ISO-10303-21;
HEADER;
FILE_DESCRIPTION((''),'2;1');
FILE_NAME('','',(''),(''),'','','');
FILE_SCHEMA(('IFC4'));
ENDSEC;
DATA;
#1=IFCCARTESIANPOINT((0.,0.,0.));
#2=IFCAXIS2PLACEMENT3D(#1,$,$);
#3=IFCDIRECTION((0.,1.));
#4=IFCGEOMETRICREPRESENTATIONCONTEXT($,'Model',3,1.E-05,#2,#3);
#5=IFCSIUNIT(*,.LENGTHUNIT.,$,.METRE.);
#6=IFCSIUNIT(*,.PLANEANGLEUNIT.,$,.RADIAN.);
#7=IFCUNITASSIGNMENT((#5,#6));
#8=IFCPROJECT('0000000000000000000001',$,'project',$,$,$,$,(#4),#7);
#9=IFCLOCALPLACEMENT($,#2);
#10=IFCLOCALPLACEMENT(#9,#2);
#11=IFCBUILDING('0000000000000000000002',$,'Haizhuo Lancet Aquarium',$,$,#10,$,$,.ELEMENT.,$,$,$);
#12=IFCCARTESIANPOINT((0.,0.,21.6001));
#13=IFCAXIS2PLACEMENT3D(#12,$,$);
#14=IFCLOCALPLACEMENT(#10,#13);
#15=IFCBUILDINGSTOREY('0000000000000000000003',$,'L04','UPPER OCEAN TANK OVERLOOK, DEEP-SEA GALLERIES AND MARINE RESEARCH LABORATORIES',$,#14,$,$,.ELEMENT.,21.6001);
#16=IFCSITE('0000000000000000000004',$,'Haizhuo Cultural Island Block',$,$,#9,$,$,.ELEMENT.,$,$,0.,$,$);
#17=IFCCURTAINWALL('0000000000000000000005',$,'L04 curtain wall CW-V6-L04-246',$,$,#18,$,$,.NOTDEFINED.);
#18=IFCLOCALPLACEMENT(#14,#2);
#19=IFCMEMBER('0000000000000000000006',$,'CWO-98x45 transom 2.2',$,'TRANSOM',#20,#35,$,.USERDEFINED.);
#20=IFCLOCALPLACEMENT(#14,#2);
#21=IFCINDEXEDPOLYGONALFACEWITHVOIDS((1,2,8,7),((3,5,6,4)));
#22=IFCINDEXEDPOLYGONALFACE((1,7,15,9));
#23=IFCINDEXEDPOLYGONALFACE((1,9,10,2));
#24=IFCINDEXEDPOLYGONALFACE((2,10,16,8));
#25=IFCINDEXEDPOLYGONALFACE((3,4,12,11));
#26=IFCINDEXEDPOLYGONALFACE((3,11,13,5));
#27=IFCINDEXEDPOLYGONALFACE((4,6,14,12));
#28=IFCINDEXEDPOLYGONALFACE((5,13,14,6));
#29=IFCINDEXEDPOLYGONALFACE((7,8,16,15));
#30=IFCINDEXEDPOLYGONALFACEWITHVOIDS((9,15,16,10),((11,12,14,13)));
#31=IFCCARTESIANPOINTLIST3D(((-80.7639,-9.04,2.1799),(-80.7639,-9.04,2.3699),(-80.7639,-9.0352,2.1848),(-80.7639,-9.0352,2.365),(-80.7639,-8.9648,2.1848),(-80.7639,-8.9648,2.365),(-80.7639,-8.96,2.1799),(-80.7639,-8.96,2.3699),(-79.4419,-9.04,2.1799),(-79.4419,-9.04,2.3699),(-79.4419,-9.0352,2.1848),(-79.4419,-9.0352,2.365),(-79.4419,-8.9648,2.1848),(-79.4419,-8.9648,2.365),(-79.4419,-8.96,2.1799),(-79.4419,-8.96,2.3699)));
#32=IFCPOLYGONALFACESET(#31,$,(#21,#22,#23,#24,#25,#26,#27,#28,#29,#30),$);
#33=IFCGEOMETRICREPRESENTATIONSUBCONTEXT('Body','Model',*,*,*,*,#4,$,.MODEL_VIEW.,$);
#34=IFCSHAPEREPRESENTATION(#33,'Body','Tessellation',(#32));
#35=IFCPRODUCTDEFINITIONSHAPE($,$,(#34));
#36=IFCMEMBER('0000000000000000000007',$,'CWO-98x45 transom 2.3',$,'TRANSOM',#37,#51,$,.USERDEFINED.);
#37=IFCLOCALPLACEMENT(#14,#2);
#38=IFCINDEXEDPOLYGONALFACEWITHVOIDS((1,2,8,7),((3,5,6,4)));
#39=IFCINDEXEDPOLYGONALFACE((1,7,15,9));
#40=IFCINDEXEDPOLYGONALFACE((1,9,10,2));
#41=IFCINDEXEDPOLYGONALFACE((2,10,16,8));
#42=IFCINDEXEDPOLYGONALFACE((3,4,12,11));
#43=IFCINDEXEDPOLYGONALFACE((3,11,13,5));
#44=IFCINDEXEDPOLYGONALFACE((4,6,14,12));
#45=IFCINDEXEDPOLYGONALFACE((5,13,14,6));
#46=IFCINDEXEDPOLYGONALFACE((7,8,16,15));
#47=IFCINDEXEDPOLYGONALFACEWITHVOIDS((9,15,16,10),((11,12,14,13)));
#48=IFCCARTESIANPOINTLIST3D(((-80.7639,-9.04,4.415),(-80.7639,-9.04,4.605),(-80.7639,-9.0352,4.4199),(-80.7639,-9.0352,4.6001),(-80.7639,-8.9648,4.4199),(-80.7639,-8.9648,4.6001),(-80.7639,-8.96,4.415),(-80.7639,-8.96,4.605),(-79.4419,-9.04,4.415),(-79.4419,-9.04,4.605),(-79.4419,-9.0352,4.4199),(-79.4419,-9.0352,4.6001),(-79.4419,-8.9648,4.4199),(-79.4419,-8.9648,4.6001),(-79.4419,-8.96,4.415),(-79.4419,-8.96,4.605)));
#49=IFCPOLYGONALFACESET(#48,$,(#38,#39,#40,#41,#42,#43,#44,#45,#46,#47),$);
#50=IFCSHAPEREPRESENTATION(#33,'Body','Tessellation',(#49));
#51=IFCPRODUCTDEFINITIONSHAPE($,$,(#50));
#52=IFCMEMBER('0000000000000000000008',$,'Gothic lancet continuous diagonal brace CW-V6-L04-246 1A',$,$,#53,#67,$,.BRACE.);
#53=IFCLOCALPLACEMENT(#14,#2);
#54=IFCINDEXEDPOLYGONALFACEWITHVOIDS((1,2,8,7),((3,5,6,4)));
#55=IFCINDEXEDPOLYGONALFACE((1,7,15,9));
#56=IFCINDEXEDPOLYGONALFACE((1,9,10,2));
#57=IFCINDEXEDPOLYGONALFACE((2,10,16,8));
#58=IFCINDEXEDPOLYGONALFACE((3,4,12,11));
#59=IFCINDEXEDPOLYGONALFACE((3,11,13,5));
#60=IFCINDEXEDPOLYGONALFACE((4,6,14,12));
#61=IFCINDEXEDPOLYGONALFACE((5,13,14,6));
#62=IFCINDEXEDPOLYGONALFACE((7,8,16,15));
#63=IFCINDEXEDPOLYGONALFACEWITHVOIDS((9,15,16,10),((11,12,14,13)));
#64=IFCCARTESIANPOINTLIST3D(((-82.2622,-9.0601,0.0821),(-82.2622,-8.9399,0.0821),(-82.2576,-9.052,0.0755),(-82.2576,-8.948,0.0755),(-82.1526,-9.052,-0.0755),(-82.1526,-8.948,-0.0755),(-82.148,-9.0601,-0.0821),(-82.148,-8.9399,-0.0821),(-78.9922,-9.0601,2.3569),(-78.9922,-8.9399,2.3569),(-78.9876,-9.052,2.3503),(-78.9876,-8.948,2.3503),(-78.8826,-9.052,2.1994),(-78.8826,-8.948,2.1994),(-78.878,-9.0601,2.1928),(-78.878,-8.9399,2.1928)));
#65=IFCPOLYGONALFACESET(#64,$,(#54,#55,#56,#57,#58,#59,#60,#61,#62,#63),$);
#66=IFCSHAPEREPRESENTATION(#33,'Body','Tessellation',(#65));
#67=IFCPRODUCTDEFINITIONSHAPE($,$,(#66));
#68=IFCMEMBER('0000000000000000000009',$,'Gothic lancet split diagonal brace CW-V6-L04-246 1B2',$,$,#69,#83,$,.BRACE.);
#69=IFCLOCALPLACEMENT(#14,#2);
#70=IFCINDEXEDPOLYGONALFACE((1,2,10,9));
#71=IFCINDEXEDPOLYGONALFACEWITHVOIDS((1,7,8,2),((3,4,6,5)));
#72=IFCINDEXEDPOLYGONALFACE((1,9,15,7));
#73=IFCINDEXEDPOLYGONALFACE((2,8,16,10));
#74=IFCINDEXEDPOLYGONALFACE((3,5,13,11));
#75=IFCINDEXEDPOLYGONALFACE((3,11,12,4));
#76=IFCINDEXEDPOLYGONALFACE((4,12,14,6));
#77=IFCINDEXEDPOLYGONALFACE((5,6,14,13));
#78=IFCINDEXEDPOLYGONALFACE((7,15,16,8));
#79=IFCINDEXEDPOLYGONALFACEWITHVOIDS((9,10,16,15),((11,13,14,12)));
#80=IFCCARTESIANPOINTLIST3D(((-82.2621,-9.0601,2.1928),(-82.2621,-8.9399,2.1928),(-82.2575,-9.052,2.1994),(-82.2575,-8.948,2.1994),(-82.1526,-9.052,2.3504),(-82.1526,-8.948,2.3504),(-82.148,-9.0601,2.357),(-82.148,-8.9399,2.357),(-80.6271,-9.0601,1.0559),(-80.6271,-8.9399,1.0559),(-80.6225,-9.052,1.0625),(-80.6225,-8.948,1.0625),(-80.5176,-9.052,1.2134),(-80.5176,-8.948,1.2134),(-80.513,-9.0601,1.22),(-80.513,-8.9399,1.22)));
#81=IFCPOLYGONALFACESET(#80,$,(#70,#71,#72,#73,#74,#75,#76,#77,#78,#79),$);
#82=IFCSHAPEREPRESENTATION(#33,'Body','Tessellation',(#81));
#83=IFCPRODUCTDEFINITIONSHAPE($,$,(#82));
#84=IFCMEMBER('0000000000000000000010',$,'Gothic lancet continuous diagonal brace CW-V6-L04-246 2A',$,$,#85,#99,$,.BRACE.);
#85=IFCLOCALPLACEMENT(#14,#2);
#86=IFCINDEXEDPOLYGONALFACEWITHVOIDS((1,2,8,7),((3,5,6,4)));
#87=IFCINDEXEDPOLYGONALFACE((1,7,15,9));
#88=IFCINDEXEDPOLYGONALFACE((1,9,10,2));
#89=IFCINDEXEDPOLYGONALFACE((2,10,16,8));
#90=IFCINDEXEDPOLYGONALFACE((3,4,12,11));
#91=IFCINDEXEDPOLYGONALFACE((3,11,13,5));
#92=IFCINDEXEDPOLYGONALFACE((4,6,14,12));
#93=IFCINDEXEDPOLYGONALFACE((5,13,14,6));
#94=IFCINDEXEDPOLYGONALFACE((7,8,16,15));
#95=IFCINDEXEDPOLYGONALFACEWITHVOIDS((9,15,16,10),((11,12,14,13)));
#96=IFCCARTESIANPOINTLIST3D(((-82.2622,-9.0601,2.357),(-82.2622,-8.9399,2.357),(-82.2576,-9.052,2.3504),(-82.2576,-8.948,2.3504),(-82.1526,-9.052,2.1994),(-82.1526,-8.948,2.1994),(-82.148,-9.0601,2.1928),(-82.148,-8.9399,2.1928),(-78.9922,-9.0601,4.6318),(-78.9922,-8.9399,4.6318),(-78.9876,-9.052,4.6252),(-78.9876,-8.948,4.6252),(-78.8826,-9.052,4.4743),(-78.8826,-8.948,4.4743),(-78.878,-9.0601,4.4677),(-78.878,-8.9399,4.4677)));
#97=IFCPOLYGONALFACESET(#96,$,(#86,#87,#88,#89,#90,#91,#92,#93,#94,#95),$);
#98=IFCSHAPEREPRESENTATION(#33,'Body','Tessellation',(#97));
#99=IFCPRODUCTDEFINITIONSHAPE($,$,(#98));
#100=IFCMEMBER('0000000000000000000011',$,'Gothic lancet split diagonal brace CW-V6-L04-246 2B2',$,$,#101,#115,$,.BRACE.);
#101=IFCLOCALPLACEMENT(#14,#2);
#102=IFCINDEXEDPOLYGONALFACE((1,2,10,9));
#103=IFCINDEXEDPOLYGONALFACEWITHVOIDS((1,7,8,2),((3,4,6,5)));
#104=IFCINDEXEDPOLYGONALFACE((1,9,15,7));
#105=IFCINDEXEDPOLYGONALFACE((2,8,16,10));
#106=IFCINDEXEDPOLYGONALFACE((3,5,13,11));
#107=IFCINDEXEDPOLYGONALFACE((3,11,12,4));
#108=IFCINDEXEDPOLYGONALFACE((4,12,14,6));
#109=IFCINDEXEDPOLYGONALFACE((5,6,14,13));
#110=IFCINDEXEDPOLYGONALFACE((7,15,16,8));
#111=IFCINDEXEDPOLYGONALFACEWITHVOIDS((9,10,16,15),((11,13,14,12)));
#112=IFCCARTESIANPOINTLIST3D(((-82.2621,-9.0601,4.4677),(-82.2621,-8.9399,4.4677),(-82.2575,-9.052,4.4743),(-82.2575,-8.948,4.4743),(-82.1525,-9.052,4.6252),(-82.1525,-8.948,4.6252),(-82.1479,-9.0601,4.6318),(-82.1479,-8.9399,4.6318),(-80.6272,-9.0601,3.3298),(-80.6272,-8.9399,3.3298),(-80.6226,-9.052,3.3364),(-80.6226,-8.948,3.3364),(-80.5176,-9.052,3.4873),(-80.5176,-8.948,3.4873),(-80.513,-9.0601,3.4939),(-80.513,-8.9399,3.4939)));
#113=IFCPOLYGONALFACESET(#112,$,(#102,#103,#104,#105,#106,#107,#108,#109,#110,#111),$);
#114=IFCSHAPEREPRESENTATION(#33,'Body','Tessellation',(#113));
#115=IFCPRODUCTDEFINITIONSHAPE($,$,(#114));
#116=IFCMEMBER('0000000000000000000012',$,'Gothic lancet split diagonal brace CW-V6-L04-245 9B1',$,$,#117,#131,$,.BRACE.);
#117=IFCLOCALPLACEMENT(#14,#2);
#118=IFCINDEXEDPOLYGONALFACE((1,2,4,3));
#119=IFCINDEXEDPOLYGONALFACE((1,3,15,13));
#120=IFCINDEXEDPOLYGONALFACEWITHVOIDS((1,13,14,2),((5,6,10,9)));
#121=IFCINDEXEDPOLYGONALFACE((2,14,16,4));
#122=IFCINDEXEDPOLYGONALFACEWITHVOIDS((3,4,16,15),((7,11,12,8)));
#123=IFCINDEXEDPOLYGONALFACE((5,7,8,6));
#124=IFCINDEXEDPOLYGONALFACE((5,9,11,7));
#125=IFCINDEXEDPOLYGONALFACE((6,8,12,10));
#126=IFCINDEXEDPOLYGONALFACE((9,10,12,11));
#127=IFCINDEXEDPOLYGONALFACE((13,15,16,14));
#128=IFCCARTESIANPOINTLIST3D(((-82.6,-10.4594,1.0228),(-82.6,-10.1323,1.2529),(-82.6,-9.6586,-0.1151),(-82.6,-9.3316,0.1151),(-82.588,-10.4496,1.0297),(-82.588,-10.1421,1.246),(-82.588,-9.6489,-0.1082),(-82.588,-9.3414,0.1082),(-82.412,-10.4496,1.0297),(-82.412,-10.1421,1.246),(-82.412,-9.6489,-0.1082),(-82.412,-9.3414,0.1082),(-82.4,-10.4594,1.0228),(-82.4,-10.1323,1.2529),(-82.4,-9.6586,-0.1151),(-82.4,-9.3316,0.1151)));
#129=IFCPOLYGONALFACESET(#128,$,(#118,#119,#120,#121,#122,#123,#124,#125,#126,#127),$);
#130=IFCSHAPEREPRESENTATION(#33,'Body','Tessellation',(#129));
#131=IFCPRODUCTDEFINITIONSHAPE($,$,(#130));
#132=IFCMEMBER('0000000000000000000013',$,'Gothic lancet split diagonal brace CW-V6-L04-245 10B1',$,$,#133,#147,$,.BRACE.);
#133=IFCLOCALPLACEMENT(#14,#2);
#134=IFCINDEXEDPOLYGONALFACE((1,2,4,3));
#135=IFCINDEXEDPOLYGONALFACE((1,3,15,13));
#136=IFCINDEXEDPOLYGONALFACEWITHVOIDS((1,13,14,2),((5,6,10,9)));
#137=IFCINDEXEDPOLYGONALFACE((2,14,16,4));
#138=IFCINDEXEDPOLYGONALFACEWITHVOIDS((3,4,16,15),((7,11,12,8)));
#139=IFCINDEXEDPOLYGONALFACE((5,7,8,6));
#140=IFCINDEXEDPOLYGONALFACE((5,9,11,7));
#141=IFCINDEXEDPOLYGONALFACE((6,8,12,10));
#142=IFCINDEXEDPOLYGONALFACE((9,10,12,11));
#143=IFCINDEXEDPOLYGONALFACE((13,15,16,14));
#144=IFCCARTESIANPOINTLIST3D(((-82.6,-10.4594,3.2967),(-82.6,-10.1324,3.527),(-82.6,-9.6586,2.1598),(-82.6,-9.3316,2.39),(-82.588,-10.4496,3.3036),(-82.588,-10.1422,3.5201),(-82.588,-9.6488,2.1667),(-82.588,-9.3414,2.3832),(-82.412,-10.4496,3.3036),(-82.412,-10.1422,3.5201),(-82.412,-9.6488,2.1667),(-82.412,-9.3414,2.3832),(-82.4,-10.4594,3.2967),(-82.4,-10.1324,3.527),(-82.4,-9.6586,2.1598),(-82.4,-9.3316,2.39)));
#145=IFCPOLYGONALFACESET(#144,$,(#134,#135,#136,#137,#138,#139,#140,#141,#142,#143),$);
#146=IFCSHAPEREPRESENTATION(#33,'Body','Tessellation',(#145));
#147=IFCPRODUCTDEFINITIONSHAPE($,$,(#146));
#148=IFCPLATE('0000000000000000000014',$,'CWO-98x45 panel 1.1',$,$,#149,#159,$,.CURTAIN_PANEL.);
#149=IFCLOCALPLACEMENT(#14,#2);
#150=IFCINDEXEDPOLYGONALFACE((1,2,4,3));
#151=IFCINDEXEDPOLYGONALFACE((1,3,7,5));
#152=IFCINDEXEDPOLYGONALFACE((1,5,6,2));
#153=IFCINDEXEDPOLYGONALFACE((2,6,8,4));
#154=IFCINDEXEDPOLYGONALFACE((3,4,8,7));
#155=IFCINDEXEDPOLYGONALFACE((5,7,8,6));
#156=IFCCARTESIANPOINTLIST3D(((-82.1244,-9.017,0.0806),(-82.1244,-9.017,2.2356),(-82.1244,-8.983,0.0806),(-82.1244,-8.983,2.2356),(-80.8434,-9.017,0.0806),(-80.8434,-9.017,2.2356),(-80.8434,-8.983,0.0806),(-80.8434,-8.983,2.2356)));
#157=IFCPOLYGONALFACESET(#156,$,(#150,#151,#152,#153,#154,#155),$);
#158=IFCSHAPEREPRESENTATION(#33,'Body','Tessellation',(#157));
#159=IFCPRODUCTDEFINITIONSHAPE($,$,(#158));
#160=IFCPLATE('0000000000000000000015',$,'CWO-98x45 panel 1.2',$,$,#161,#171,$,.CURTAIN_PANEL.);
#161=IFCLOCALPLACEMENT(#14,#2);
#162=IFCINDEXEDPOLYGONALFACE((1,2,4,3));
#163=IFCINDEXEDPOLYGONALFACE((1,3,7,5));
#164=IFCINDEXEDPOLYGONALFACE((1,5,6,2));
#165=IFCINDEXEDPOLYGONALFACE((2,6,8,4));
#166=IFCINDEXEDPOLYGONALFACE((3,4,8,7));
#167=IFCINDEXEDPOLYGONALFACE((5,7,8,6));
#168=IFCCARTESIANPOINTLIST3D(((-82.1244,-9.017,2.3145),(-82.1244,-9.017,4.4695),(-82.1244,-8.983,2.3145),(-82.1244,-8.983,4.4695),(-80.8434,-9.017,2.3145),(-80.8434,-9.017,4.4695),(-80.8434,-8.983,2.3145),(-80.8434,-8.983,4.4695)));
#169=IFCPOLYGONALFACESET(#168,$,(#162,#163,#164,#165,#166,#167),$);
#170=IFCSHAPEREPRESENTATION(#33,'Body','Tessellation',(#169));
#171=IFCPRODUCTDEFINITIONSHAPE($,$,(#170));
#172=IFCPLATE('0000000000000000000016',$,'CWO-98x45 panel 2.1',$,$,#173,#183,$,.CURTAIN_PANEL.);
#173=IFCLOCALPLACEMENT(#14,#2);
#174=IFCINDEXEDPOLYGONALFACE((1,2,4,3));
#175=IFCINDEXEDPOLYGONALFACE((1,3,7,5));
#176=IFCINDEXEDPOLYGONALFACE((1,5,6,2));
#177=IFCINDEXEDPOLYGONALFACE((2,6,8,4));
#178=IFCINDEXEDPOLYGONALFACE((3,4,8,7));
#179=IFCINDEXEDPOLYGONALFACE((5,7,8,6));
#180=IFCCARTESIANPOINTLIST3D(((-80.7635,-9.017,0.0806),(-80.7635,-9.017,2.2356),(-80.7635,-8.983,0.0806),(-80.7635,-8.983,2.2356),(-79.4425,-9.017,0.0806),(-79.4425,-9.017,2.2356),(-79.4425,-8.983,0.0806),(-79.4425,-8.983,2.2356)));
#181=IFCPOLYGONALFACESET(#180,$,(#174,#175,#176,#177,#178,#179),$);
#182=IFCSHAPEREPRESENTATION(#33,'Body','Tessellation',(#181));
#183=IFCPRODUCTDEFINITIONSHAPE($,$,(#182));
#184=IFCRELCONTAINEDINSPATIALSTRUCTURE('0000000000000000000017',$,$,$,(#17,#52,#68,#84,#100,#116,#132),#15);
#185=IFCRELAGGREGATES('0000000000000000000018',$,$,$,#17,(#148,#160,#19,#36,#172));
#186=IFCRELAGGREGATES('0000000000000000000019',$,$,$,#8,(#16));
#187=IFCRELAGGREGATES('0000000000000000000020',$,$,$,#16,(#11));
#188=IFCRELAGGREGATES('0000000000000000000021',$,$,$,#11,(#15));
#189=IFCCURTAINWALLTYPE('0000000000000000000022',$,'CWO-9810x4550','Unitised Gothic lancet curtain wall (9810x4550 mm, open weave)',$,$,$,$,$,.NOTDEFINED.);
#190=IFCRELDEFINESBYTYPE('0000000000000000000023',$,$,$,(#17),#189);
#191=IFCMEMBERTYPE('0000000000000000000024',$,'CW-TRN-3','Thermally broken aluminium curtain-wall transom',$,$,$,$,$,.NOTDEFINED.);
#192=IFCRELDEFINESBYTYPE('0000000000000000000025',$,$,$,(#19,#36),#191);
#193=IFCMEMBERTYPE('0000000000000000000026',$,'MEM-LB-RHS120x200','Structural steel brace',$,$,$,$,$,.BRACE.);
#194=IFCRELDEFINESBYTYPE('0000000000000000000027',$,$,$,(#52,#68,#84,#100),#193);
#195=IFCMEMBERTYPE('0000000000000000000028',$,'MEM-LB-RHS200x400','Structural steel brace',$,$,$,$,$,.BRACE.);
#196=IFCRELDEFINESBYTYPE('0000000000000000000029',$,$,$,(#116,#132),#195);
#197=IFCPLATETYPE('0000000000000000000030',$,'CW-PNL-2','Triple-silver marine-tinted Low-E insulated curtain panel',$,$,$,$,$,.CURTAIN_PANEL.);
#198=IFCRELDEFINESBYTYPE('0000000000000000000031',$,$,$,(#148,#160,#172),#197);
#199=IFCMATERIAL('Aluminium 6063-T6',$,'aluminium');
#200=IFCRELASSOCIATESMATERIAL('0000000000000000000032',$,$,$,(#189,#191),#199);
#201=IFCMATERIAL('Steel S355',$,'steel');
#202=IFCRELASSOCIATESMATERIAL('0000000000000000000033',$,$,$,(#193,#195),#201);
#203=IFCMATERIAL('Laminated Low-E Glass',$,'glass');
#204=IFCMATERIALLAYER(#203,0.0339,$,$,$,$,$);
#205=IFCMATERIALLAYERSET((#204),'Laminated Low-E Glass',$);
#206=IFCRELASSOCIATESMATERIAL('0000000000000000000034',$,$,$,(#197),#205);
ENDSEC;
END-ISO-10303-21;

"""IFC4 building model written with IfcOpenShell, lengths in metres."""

from ifc_helpers import new_model, si_unit, direction, frame, origin, origin_2d, place, context, subcontext, project, spatial, rectangle, hollow_rectangle, extrude, material, layer, layer_set, material_profile, profile_set, type_object, element, aggregate, save


model = new_model("IFC4")

# Units and contexts
model_context = context("Model", 3, precision=1e-05, world=origin(), true_north=direction((0.0, 1.0)))
body_context = subcontext(model_context, "Body", "Model", "MODEL_VIEW")
ifc_project = project(units=[si_unit("LENGTHUNIT", "METRE"), si_unit("PLANEANGLEUNIT", "RADIAN")], contexts=[model_context])

# Site, building, storey
site_placement = place(None, origin())
site = spatial("IfcSite", under=ifc_project, at=site_placement, Name="Haizhuo Cultural Island Block", CompositionType="ELEMENT", RefElevation=0.0)
building_placement = place(site_placement, origin())
building = spatial("IfcBuilding", under=site, at=building_placement, Name="Haizhuo Lancet Aquarium", CompositionType="ELEMENT")
storey_placement = place(building_placement, frame((0.0, 0.0, 21.6001)))
storey = spatial("IfcBuildingStorey", under=building, at=storey_placement, Name="L04", Description="UPPER OCEAN TANK OVERLOOK, DEEP-SEA GALLERIES AND MARINE RESEARCH LABORATORIES", CompositionType="ELEMENT", Elevation=21.6001)

# Shared definitions
ifc_material_1 = material(Name="Steel S355", Category="steel")

# Shared definitions
ifc_material_2 = material(Name="Aluminium 6063-T6", Category="aluminium")

# Curtain wall, members
curtain_wall_type_1 = type_object("IfcCurtainWallType", Name="CWO-9810x4550", Description="Unitised Gothic lancet curtain wall (9810x4550 mm, open weave)", PredefinedType="NOTDEFINED", material=ifc_material_2)
curtain_wall_1_placement = place(storey_placement, origin())
curtain_wall_1 = element("IfcCurtainWall", 1, at=curtain_wall_1_placement, inside=storey, type_object=curtain_wall_type_1, Name="L04 curtain wall CW-V6-L04-246", PredefinedType="NOTDEFINED")
ifc_material_profile_1 = material_profile(ifc_material_2, hollow_rectangle(XDim=0.0801, YDim=0.1899, WallThickness=0.0049, at=origin_2d()), Name="ALU-T 80x190x5")
ifc_profile_set_1 = profile_set([ifc_material_profile_1], Name="Aluminium 6063-T6")
member_type_1 = type_object("IfcMemberType", Name="CW-TRN-3", Description="Thermally broken aluminium curtain-wall transom", PredefinedType="NOTDEFINED", material=ifc_profile_set_1)
member_1_placement = place(storey_placement, frame((-80.7639, -9.0, 2.2749), z_axis=(1.0, 0.0, 0.0), x_axis=(0.0, 1.0, 0.0)))
member_1 = element("IfcMember", 2, at=member_1_placement, type_object=member_type_1, Name="CWO-98x45 transom 2.2", ObjectType="TRANSOM", PredefinedType="USERDEFINED", context=body_context, shape_type="SweptSolid", body=[
    extrude(hollow_rectangle(XDim=0.0801, YDim=0.1899, WallThickness=0.0049, at=origin_2d()), origin(), (0.0, 0.0, 1.0), 1.322),
])
member_2_placement = place(storey_placement, frame((-80.7639, -9.0, 4.51), z_axis=(1.0, 0.0, 0.0), x_axis=(0.0, 1.0, 0.0)))
member_2 = element("IfcMember", 3, at=member_2_placement, type_object=member_type_1, Name="CWO-98x45 transom 2.3", ObjectType="TRANSOM", PredefinedType="USERDEFINED", context=body_context, shape_type="SweptSolid", body=[
    extrude(hollow_rectangle(XDim=0.0801, YDim=0.1899, WallThickness=0.0049, at=origin_2d()), origin(), (0.0, 0.0, 1.0), 1.322),
])

# Members
ifc_material_profile_2 = material_profile(ifc_material_1, hollow_rectangle(XDim=0.1201, YDim=0.2, WallThickness=0.0081, at=origin_2d()), Name="RHS 120x200x8")
ifc_profile_set_2 = profile_set([ifc_material_profile_2], Name="Steel S355")
member_type_2 = type_object("IfcMemberType", Name="MEM-LB-RHS120x200", Description="Structural steel brace", PredefinedType="BRACE", material=ifc_profile_set_2)
member_3_placement = place(storey_placement, frame((-82.2051, -9.0, 0.0), z_axis=(0.820893, 0.0, 0.571082), x_axis=(0.0, 1.0, 0.0)))
element("IfcMember", 4, at=member_3_placement, inside=storey, type_object=member_type_2, Name="Gothic lancet continuous diagonal brace CW-V6-L04-246 1A", PredefinedType="BRACE", context=body_context, shape_type="SweptSolid", body=[
    extrude(hollow_rectangle(XDim=0.1201, YDim=0.2, WallThickness=0.0081, at=origin_2d()), origin(), (0.0, 0.0, 1.0), 3.9834),
])
member_4_placement = place(storey_placement, frame((-80.5701, -9.0, 1.1379), z_axis=(-0.821008, 0.0, 0.570917), x_axis=(0.0, -1.0, 0.0)))
element("IfcMember", 5, at=member_4_placement, inside=storey, type_object=member_type_2, Name="Gothic lancet split diagonal brace CW-V6-L04-246 1B2", PredefinedType="BRACE", context=body_context, shape_type="SweptSolid", body=[
    extrude(hollow_rectangle(XDim=0.1201, YDim=0.2, WallThickness=0.0081, at=origin_2d()), origin(), (0.0, 0.0, 1.0), 1.9915),
])
member_5_placement = place(storey_placement, frame((-82.2051, -9.0, 2.2749), z_axis=(0.820893, 0.0, 0.571082), x_axis=(0.0, 1.0, 0.0)))
element("IfcMember", 6, at=member_5_placement, inside=storey, type_object=member_type_2, Name="Gothic lancet continuous diagonal brace CW-V6-L04-246 2A", PredefinedType="BRACE", context=body_context, shape_type="SweptSolid", body=[
    extrude(hollow_rectangle(XDim=0.1201, YDim=0.2, WallThickness=0.0081, at=origin_2d()), origin(), (0.0, 0.0, 1.0), 3.9834),
])
member_6_placement = place(storey_placement, frame((-80.5701, -9.0, 3.4119), z_axis=(-0.820778, 0.0, 0.571248), x_axis=(0.0, -1.0, 0.0)))
element("IfcMember", 7, at=member_6_placement, inside=storey, type_object=member_type_2, Name="Gothic lancet split diagonal brace CW-V6-L04-246 2B2", PredefinedType="BRACE", context=body_context, shape_type="SweptSolid", body=[
    extrude(hollow_rectangle(XDim=0.1201, YDim=0.2, WallThickness=0.0081, at=origin_2d()), origin(), (0.0, 0.0, 1.0), 1.9919),
])
ifc_material_profile_3 = material_profile(ifc_material_1, hollow_rectangle(XDim=0.2, YDim=0.3999, WallThickness=0.012, at=origin_2d()), Name="RHS 200x400x12")
ifc_profile_set_3 = profile_set([ifc_material_profile_3], Name="Steel S355")
member_type_3 = type_object("IfcMemberType", Name="MEM-LB-RHS200x400", Description="Structural steel brace", PredefinedType="BRACE", material=ifc_profile_set_3)
member_7_placement = place(storey_placement, frame((-82.5, -9.4951, 0.0), z_axis=(0.0, -0.575498, 0.817803), x_axis=(1.0, 0.0, 0.0)))
element("IfcMember", 8, at=member_7_placement, inside=storey, type_object=member_type_3, Name="Gothic lancet split diagonal brace CW-V6-L04-245 9B1", PredefinedType="BRACE", context=body_context, shape_type="SweptSolid", body=[
    extrude(hollow_rectangle(XDim=0.2, YDim=0.3999, WallThickness=0.012, at=origin_2d()), origin(), (0.0, 0.0, 1.0), 1.3914),
])
member_8_placement = place(storey_placement, frame((-82.5, -9.4951, 2.2749), z_axis=(0.0, -0.575828, 0.817571), x_axis=(1.0, 0.0, 0.0)))
element("IfcMember", 9, at=member_8_placement, inside=storey, type_object=member_type_3, Name="Gothic lancet split diagonal brace CW-V6-L04-245 10B1", PredefinedType="BRACE", context=body_context, shape_type="SweptSolid", body=[
    extrude(hollow_rectangle(XDim=0.2, YDim=0.3999, WallThickness=0.012, at=origin_2d()), origin(), (0.0, 0.0, 1.0), 1.3906),
])

# Plates
ifc_material_3 = material(Name="Laminated Low-E Glass", Category="glass")
ifc_layer_1 = layer(ifc_material_3, 0.0339)
ifc_layer_set_1 = layer_set([ifc_layer_1], Name="Laminated Low-E Glass")
plate_type = type_object("IfcPlateType", Name="CW-PNL-2", Description="Triple-silver marine-tinted Low-E insulated curtain panel", PredefinedType="CURTAIN_PANEL", material=ifc_layer_set_1)
plate_1_placement = place(storey_placement, frame((-81.4839, -9.0, 0.0806), z_axis=(0.0, 0.0, 1.0), x_axis=(1.0, 0.0, 0.0)))
plate_1 = element("IfcPlate", 10, at=plate_1_placement, type_object=plate_type, Name="CWO-98x45 panel 1.1", PredefinedType="CURTAIN_PANEL", context=body_context, shape_type="SweptSolid", body=[
    extrude(rectangle(XDim=1.281, YDim=0.0339, at=origin_2d()), origin(), (0.0, 0.0, 1.0), 2.155),
])
plate_2_placement = place(storey_placement, frame((-81.4839, -9.0, 2.3145), z_axis=(0.0, 0.0, 1.0), x_axis=(1.0, 0.0, 0.0)))
plate_2 = element("IfcPlate", 11, at=plate_2_placement, type_object=plate_type, Name="CWO-98x45 panel 1.2", PredefinedType="CURTAIN_PANEL", context=body_context, shape_type="SweptSolid", body=[
    extrude(rectangle(XDim=1.281, YDim=0.0339, at=origin_2d()), origin(), (0.0, 0.0, 1.0), 2.155),
])
plate_3_placement = place(storey_placement, frame((-80.103, -9.0, 0.0806), z_axis=(0.0, 0.0, 1.0), x_axis=(1.0, 0.0, 0.0)))
plate_3 = element("IfcPlate", 12, at=plate_3_placement, type_object=plate_type, Name="CWO-98x45 panel 2.1", PredefinedType="CURTAIN_PANEL", context=body_context, shape_type="SweptSolid", body=[
    extrude(rectangle(XDim=1.321, YDim=0.0339, at=origin_2d()), origin(), (0.0, 0.0, 1.0), 2.155),
])
aggregate(curtain_wall_1, [plate_1, plate_2, member_1, member_2, plate_3])

save(model, "model.ifc")
